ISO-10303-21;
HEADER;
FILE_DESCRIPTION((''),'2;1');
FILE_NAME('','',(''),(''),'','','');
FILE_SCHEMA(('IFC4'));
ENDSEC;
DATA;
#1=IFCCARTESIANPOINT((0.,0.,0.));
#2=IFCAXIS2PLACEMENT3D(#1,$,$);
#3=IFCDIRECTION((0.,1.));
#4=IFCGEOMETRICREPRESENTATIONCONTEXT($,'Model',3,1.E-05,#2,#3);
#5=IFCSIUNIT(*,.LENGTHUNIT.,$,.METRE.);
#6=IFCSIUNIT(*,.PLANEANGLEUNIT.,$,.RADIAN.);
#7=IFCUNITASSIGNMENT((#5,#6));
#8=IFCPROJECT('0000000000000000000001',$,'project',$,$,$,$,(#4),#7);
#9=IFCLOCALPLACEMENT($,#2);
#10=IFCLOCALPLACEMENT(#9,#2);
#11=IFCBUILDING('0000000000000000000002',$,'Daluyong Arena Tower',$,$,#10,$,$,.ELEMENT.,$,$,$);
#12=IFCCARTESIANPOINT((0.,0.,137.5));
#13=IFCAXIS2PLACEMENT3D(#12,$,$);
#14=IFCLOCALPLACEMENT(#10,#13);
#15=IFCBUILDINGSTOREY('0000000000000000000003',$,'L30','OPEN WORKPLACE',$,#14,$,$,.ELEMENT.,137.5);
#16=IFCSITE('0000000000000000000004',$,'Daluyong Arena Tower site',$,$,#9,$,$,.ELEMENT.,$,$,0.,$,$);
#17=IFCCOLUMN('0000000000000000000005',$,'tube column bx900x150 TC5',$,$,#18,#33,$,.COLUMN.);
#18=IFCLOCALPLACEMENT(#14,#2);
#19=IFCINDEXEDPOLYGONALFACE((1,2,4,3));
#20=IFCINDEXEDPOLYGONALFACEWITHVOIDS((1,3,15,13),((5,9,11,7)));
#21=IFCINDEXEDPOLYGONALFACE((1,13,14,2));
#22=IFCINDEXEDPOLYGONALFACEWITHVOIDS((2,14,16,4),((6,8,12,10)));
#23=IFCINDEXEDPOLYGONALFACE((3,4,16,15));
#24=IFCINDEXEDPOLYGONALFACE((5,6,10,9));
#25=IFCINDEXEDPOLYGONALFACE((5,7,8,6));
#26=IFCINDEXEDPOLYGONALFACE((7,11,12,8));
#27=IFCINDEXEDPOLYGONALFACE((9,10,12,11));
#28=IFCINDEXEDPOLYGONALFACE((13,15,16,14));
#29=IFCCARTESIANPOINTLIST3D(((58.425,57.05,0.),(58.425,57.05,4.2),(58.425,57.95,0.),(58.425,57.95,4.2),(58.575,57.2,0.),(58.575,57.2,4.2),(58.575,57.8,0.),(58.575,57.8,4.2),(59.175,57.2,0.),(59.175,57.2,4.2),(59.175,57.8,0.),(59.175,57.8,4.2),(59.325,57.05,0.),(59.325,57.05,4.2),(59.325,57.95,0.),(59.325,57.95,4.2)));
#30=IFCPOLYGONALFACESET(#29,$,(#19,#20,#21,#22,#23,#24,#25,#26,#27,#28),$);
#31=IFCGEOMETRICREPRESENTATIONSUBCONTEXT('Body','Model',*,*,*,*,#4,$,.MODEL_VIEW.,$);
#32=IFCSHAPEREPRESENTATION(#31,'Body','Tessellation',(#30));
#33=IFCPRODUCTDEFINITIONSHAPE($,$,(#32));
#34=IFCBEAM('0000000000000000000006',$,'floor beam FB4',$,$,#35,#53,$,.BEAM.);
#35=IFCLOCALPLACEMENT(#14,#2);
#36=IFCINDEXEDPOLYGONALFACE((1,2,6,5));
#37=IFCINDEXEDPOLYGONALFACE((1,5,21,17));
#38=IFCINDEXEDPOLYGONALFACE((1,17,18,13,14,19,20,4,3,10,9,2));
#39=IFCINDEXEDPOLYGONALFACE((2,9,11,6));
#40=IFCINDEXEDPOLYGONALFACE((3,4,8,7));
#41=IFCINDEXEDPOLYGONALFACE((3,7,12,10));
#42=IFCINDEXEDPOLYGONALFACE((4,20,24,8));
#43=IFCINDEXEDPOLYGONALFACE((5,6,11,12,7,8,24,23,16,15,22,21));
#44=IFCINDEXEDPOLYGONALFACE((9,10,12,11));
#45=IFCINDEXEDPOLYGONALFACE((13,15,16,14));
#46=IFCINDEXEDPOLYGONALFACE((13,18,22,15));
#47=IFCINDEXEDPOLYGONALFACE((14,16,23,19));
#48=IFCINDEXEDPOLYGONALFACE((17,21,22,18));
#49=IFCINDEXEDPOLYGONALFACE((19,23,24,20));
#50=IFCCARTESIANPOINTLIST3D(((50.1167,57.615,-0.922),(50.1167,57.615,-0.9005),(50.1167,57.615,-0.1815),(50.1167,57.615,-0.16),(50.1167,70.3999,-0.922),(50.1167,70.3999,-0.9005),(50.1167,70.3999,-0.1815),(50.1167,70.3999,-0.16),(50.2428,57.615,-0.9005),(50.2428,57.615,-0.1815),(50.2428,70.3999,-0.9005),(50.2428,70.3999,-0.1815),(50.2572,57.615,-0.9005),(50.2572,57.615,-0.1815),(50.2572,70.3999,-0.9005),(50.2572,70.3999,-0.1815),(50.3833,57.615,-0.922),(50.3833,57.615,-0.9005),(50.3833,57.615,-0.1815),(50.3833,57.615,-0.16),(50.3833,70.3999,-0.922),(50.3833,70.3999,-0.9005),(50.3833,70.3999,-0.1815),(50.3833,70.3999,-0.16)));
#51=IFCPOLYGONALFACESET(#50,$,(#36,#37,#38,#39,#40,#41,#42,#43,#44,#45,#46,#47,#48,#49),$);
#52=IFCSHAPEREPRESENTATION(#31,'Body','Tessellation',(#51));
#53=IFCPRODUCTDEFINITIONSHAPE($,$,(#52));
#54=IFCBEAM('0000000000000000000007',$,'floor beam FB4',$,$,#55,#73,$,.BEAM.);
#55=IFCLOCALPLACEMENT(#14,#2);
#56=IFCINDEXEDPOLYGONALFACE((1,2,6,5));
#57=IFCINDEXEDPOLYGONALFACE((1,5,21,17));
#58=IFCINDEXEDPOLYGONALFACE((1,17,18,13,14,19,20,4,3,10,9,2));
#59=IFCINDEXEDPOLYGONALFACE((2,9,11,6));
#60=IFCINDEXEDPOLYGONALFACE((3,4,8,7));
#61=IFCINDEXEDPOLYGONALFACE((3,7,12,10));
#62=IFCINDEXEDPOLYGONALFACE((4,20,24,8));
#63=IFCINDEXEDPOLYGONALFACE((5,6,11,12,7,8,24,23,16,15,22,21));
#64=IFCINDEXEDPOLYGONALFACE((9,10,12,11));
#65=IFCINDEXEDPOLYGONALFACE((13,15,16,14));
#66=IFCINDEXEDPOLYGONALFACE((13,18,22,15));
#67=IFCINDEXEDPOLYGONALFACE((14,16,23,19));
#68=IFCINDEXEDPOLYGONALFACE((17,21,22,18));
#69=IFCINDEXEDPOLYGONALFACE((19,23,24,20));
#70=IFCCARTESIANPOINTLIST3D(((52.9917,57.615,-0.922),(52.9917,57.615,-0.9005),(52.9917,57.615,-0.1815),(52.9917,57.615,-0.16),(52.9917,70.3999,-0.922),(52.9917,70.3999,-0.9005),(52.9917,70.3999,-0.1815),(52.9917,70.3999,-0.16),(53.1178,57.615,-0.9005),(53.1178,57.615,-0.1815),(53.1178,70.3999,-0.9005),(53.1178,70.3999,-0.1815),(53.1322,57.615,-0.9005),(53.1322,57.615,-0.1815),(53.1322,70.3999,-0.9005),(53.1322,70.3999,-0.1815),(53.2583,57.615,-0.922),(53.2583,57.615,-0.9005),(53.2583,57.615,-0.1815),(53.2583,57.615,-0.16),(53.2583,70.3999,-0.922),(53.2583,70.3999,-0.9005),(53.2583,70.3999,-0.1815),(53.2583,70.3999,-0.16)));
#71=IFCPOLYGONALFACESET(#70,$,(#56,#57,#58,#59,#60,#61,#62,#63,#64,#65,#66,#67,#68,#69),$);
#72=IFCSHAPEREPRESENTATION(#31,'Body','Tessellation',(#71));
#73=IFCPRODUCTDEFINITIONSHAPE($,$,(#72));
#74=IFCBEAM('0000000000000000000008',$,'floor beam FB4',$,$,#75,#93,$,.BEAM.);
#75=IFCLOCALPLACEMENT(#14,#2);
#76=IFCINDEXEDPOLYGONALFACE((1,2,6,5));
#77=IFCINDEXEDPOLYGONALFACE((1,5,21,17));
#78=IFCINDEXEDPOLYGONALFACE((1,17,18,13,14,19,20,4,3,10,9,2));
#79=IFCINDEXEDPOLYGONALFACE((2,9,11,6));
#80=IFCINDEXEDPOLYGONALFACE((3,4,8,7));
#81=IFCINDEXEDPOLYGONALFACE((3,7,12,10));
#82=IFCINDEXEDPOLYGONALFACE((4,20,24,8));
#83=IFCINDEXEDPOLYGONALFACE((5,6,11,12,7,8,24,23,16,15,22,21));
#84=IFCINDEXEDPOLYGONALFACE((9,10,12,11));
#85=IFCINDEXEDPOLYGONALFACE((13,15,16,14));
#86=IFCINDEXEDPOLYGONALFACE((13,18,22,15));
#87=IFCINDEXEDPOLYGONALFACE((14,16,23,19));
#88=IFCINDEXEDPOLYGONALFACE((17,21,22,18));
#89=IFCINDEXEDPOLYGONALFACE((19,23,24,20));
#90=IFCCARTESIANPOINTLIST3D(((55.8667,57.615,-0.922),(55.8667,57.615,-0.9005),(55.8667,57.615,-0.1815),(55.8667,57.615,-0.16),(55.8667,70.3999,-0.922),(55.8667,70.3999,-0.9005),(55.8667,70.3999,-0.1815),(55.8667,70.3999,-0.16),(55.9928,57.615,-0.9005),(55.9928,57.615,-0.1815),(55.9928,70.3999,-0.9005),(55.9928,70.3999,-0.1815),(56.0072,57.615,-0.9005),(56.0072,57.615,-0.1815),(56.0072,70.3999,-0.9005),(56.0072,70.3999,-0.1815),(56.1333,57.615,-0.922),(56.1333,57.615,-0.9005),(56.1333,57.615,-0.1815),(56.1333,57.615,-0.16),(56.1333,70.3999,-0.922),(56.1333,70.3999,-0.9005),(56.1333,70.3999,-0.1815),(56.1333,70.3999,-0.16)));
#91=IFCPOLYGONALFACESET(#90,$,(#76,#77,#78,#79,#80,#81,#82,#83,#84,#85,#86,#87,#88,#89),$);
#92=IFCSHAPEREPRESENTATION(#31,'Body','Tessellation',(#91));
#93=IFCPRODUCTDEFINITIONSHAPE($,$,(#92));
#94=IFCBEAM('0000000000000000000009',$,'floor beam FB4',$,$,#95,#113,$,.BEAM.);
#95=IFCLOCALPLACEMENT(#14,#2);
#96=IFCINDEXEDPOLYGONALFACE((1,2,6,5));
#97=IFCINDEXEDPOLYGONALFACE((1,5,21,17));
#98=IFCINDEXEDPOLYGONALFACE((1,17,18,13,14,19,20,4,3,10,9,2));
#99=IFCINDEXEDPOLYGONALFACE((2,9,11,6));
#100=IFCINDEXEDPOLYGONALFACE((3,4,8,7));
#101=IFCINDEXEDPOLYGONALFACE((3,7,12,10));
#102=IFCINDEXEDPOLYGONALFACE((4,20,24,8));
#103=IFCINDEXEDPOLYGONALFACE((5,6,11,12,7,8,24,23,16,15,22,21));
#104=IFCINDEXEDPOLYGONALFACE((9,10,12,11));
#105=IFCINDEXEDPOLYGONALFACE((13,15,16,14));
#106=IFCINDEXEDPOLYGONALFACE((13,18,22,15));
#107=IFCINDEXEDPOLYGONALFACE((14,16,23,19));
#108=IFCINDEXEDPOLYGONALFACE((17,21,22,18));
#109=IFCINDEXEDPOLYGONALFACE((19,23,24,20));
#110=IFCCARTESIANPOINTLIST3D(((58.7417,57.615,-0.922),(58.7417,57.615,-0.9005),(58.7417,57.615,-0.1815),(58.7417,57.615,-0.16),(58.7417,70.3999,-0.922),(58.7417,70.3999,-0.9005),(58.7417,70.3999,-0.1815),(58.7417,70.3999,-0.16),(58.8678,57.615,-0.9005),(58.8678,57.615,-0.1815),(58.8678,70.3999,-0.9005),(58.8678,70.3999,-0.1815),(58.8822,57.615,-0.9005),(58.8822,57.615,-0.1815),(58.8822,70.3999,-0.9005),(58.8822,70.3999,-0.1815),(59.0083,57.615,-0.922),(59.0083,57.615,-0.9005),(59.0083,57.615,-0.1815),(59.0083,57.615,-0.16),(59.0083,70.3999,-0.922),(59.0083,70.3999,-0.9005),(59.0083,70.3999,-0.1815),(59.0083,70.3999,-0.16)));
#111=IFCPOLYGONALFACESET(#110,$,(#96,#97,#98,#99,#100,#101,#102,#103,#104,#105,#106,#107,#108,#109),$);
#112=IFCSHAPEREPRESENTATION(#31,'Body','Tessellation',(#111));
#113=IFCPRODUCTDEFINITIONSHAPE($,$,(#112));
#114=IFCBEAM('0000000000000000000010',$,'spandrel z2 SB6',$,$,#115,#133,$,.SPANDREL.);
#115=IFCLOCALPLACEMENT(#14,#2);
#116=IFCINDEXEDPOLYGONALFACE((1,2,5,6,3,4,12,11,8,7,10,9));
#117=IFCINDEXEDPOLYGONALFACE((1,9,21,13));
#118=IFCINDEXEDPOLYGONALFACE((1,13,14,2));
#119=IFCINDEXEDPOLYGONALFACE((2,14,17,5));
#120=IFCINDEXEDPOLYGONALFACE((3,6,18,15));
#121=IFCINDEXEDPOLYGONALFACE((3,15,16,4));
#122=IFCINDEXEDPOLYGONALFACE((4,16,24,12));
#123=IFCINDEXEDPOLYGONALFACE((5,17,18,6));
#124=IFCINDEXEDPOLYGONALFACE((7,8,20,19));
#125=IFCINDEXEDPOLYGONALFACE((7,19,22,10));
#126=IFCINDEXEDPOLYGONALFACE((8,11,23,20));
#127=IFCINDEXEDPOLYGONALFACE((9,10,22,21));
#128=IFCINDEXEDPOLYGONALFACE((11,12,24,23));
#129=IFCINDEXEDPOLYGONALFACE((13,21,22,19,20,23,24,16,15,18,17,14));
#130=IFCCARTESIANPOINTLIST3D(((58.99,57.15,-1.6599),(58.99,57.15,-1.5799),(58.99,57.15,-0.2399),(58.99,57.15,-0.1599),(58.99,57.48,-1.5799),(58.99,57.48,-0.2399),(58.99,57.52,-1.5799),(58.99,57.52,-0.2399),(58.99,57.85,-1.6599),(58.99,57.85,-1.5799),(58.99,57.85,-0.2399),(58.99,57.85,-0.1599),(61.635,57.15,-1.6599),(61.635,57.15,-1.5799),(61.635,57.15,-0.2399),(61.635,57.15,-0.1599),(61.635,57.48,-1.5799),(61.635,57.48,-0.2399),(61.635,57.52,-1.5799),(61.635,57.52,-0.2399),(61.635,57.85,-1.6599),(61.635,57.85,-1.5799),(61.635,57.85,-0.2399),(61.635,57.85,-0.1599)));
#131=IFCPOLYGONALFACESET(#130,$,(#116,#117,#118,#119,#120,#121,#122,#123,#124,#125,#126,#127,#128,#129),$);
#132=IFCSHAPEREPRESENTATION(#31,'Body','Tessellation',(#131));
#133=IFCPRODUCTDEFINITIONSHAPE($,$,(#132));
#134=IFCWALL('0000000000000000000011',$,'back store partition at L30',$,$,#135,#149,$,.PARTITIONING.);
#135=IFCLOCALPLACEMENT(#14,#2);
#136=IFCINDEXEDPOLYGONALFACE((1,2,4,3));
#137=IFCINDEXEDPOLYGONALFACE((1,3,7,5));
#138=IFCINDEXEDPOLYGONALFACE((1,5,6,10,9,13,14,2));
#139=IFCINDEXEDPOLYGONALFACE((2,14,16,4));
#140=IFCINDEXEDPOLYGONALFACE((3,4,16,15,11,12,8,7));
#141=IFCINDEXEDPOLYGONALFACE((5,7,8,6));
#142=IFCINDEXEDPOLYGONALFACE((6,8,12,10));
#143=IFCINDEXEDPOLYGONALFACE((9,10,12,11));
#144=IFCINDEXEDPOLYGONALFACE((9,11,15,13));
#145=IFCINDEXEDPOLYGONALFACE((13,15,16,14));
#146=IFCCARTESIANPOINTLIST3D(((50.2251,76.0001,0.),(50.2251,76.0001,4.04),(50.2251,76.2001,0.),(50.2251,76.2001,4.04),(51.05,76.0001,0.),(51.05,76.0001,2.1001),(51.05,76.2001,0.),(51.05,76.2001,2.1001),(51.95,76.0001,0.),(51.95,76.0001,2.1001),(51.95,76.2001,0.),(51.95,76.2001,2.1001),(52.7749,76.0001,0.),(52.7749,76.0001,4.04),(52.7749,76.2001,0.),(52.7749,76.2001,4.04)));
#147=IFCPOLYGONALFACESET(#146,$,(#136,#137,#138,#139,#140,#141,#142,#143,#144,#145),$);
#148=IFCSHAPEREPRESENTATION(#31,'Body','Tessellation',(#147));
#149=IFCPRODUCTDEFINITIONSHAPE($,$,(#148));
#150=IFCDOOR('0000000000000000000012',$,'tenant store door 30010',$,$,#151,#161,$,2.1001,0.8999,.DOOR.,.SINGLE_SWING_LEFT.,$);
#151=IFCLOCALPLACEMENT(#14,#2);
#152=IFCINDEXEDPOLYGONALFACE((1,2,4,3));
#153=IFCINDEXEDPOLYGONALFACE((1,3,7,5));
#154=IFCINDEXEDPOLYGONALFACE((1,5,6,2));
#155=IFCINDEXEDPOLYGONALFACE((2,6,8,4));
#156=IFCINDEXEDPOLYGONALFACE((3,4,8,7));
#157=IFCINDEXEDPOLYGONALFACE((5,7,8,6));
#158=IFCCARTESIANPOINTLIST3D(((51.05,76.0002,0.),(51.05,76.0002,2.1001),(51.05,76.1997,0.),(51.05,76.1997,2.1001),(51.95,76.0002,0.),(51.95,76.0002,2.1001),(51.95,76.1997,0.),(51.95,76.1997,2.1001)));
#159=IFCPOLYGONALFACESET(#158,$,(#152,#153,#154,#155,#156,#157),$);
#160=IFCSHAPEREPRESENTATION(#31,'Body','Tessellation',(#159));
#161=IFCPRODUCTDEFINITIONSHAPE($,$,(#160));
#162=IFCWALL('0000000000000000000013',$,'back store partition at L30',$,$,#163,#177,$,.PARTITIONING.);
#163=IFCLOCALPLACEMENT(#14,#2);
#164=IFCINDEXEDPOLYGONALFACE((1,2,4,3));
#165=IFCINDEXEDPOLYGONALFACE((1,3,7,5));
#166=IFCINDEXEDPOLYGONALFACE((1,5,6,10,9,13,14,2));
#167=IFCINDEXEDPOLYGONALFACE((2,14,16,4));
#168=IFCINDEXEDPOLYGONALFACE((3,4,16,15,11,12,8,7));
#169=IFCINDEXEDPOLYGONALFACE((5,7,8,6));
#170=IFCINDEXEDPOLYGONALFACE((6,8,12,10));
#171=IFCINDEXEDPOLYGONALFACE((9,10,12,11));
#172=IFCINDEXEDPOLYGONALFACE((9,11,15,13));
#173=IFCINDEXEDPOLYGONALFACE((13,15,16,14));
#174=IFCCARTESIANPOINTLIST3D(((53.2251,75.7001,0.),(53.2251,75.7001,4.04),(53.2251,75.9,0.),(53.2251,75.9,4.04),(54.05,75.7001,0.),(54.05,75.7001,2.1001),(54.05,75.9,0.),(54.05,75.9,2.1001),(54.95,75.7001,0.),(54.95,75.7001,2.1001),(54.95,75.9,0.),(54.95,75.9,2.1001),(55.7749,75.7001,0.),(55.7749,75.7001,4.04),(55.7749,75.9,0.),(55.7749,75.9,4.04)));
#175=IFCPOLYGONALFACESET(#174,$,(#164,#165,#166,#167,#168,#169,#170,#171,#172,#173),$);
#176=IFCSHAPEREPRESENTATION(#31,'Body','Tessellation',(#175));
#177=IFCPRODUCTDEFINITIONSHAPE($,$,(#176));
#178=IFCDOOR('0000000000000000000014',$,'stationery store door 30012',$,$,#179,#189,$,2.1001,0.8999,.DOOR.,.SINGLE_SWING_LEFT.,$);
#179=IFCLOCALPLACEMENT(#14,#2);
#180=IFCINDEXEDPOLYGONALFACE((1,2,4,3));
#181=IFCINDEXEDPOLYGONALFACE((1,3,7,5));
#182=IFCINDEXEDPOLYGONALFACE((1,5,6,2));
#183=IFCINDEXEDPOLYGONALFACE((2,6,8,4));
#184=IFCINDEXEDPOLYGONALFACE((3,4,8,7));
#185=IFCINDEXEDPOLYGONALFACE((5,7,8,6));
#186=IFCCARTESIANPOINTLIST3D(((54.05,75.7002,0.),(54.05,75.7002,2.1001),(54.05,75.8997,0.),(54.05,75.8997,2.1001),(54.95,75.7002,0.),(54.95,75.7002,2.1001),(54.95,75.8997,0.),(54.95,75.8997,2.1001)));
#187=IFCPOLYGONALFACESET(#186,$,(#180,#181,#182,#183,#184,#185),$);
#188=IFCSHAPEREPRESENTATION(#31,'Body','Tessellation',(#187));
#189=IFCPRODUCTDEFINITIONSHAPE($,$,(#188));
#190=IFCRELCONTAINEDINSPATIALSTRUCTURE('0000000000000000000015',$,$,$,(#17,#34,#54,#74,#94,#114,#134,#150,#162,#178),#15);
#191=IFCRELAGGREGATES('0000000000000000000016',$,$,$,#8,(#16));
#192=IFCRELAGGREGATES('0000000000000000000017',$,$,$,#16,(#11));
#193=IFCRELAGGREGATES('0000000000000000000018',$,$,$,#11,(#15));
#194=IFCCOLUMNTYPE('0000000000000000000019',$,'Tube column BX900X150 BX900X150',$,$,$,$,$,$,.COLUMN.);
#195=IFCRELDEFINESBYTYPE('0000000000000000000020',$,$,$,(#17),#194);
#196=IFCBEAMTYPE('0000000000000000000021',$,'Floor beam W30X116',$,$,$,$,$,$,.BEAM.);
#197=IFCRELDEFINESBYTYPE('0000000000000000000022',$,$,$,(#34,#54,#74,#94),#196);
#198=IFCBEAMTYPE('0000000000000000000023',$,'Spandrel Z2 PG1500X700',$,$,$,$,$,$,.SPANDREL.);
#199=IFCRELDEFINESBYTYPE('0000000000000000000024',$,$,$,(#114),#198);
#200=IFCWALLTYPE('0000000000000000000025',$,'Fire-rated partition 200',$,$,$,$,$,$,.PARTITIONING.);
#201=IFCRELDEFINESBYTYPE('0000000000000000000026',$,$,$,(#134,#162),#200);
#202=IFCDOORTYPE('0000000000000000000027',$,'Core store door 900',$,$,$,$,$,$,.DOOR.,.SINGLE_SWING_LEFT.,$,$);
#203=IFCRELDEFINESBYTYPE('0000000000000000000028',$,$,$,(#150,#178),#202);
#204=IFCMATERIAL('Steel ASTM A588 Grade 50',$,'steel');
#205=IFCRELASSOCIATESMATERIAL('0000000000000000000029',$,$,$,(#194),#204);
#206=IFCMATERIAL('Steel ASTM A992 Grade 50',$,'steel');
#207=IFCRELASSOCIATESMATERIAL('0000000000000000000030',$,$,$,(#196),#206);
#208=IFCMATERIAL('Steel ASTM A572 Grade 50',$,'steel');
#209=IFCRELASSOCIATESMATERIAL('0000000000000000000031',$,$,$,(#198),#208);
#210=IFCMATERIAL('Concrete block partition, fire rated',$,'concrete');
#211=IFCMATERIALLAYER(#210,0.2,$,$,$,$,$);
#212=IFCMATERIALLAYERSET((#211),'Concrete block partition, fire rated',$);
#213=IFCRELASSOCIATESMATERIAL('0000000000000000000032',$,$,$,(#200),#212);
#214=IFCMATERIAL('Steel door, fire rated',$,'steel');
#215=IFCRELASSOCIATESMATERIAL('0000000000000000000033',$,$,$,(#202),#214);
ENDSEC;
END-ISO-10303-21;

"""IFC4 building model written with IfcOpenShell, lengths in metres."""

from ifc_helpers import new_model, si_unit, direction, frame, frame_2d, origin, origin_2d, place, context, subcontext, project, spatial, rectangle, hollow_rectangle, i_section, extrude, material, layer, layer_set, material_profile, profile_set, type_object, element, fill, save


model = new_model("IFC4")

# Units and contexts
model_context = context("Model", 3, precision=1e-05, world=origin(), true_north=direction((0.0, 1.0)))
body_context = subcontext(model_context, "Body", "Model", "MODEL_VIEW")
ifc_project = project(units=[si_unit("LENGTHUNIT", "METRE"), si_unit("PLANEANGLEUNIT", "RADIAN")], contexts=[model_context])

# Site, building, storey
site_placement = place(None, origin())
site = spatial("IfcSite", under=ifc_project, at=site_placement, Name="Daluyong Arena Tower site", CompositionType="ELEMENT", RefElevation=0.0)
building_placement = place(site_placement, origin())
building = spatial("IfcBuilding", under=site, at=building_placement, Name="Daluyong Arena Tower", CompositionType="ELEMENT")
storey_placement = place(building_placement, frame((0.0, 0.0, 137.5)))
storey = spatial("IfcBuildingStorey", under=building, at=storey_placement, Name="L30", Description="OPEN WORKPLACE", CompositionType="ELEMENT", Elevation=137.5)

# Column
ifc_material_1 = material(Name="Steel ASTM A588 Grade 50", Category="steel")
ifc_material_profile_1 = material_profile(ifc_material_1, hollow_rectangle(XDim=0.8999, YDim=0.8999, WallThickness=0.15, at=origin_2d()))
ifc_profile_set_1 = profile_set([ifc_material_profile_1], Name="Steel ASTM A588 Grade 50")
column_type = type_object("IfcColumnType", Name="Tube column BX900X150 BX900X150", PredefinedType="COLUMN", material=ifc_profile_set_1)
column_placement = place(storey_placement, frame((58.875, 57.5, 0.0), z_axis=(0.0, 0.0, 1.0), x_axis=(1.0, 0.0, 0.0)))
element("IfcColumn", 1, at=column_placement, inside=storey, type_object=column_type, Name="tube column bx900x150 TC5", PredefinedType="COLUMN", context=body_context, shape_type="SweptSolid", body=[
    extrude(hollow_rectangle(XDim=0.8999, YDim=0.8999, WallThickness=0.15, at=origin_2d()), origin(), (0.0, 0.0, 1.0), 4.2),
])

# Beams
ifc_material_2 = material(Name="Steel ASTM A992 Grade 50", Category="steel")
ifc_material_profile_2 = material_profile(ifc_material_2, i_section(OverallWidth=0.2666, OverallDepth=0.762, WebThickness=0.0144, FlangeThickness=0.0215, at=origin_2d()))
ifc_profile_set_2 = profile_set([ifc_material_profile_2], Name="Steel ASTM A992 Grade 50")
beam_type_1 = type_object("IfcBeamType", Name="Floor beam W30X116", PredefinedType="BEAM", material=ifc_profile_set_2)
for number, where, z_axis, x_axis, name in (
    (2, (50.25, 57.615, -0.541), (0.0, 1.0, 0.0), (-1.0, 0.0, 0.0), "floor beam FB4"),
    (3, (53.125, 57.615, -0.541), (0.0, 1.0, 0.0), (-1.0, 0.0, 0.0), "floor beam FB4"),
    (4, (56.0, 57.615, -0.541), (0.0, 1.0, 0.0), (-1.0, 0.0, 0.0), "floor beam FB4"),
    (5, (58.875, 57.615, -0.541), (0.0, 1.0, 0.0), (-1.0, 0.0, 0.0), "floor beam FB4"),
):
    element("IfcBeam", number, at=place(storey_placement, frame(where, z_axis=z_axis, x_axis=x_axis)), inside=storey, type_object=beam_type_1, Name=name, PredefinedType="BEAM", context=body_context, shape_type="SweptSolid", body=[
        extrude(i_section(OverallWidth=0.2666, OverallDepth=0.762, WebThickness=0.0144, FlangeThickness=0.0215, at=origin_2d()), origin(), (0.0, 0.0, 1.0), 12.7849),
    ])
ifc_material_3 = material(Name="Steel ASTM A572 Grade 50", Category="steel")
ifc_material_profile_3 = material_profile(ifc_material_3, i_section(OverallWidth=0.7, OverallDepth=1.5, WebThickness=0.04, FlangeThickness=0.08, at=origin_2d()))
ifc_profile_set_3 = profile_set([ifc_material_profile_3], Name="Steel ASTM A572 Grade 50")
beam_type_2 = type_object("IfcBeamType", Name="Spandrel Z2 PG1500X700", PredefinedType="SPANDREL", material=ifc_profile_set_3)
beam_placement = place(storey_placement, frame((58.99, 57.5, -0.9099), z_axis=(1.0, 0.0, 0.0), x_axis=(0.0, 1.0, 0.0)))
element("IfcBeam", 6, at=beam_placement, inside=storey, type_object=beam_type_2, Name="spandrel z2 SB6", PredefinedType="SPANDREL", context=body_context, shape_type="SweptSolid", body=[
    extrude(i_section(OverallWidth=0.7, OverallDepth=1.5, WebThickness=0.04, FlangeThickness=0.08, at=origin_2d()), origin(), (0.0, 0.0, 1.0), 2.645),
])

# Walls, openings, doors
ifc_material_4 = material(Name="Concrete block partition, fire rated", Category="concrete")
ifc_layer_1 = layer(ifc_material_4, 0.2)
ifc_layer_set_1 = layer_set([ifc_layer_1], Name="Concrete block partition, fire rated")
wall_type_1 = type_object("IfcWallType", Name="Fire-rated partition 200", PredefinedType="PARTITIONING", material=ifc_layer_set_1)
wall_1_placement = place(storey_placement, frame((50.2251, 76.1001, 0.0), z_axis=(0.0, 0.0, 1.0), x_axis=(1.0, 0.0, 0.0)))
wall_1 = element("IfcWall", 7, at=wall_1_placement, inside=storey, type_object=wall_type_1, Name="back store partition at L30", PredefinedType="PARTITIONING", context=body_context, shape_type="SweptSolid", body=[
    extrude(rectangle(XDim=2.5498, YDim=0.2, at=frame_2d((1.2749, 0.0))), origin(), (0.0, 0.0, 1.0), 4.04),
])
opening_1_placement = place(wall_1_placement, frame((0.825, 0.0, 0.0)))
opening_1 = element("IfcOpeningElement", 8, at=opening_1_placement, cuts=wall_1, PredefinedType="OPENING", context=body_context, shape_type="SweptSolid", body=[
    extrude(rectangle(XDim=0.8999, YDim=2.1001, at=frame_2d((0.45, 1.05))), frame((0.0, 0.1099, 0.0), z_axis=(0.0, -1.0, 0.0), x_axis=(1.0, 0.0, 0.0)), (0.0, 0.0, 1.0), 0.22),
])
ifc_material_5 = material(Name="Steel door, fire rated", Category="steel")
door_type_1 = type_object("IfcDoorType", Name="Core store door 900", OperationType="SINGLE_SWING_LEFT", PredefinedType="DOOR", material=ifc_material_5)
door_1_placement = place(opening_1_placement, origin())
door_1 = element("IfcDoor", 9, at=door_1_placement, inside=storey, type_object=door_type_1, Name="tenant store door 30010", OperationType="SINGLE_SWING_LEFT", OverallHeight=2.1001, OverallWidth=0.8999, PredefinedType="DOOR", context=body_context, shape_type="SweptSolid", body=[
    extrude(rectangle(XDim=0.8999, YDim=2.1001, at=frame_2d((0.45, 1.05))), frame((0.0, 0.0996, 0.0), z_axis=(0.0, -1.0, 0.0), x_axis=(1.0, 0.0, 0.0)), (0.0, 0.0, 1.0), 0.1995),
])
fill(opening_1, door_1)
wall_2_placement = place(storey_placement, frame((53.2251, 75.8, 0.0), z_axis=(0.0, 0.0, 1.0), x_axis=(1.0, 0.0, 0.0)))
wall_2 = element("IfcWall", 10, at=wall_2_placement, inside=storey, type_object=wall_type_1, Name="back store partition at L30", PredefinedType="PARTITIONING", context=body_context, shape_type="SweptSolid", body=[
    extrude(rectangle(XDim=2.5498, YDim=0.2, at=frame_2d((1.2749, 0.0))), origin(), (0.0, 0.0, 1.0), 4.04),
])
opening_2_placement = place(wall_2_placement, frame((0.825, 0.0, 0.0)))
opening_2 = element("IfcOpeningElement", 11, at=opening_2_placement, cuts=wall_2, PredefinedType="OPENING", context=body_context, shape_type="SweptSolid", body=[
    extrude(rectangle(XDim=0.8999, YDim=2.1001, at=frame_2d((0.45, 1.05))), frame((0.0, 0.1099, 0.0), z_axis=(0.0, -1.0, 0.0), x_axis=(1.0, 0.0, 0.0)), (0.0, 0.0, 1.0), 0.22),
])
door_2_placement = place(opening_2_placement, origin())
door_2 = element("IfcDoor", 12, at=door_2_placement, inside=storey, type_object=door_type_1, Name="stationery store door 30012", OperationType="SINGLE_SWING_LEFT", OverallHeight=2.1001, OverallWidth=0.8999, PredefinedType="DOOR", context=body_context, shape_type="SweptSolid", body=[
    extrude(rectangle(XDim=0.8999, YDim=2.1001, at=frame_2d((0.45, 1.05))), frame((0.0, 0.0996, 0.0), z_axis=(0.0, -1.0, 0.0), x_axis=(1.0, 0.0, 0.0)), (0.0, 0.0, 1.0), 0.1995),
])
fill(opening_2, door_2)

save(model, "model.ifc")
